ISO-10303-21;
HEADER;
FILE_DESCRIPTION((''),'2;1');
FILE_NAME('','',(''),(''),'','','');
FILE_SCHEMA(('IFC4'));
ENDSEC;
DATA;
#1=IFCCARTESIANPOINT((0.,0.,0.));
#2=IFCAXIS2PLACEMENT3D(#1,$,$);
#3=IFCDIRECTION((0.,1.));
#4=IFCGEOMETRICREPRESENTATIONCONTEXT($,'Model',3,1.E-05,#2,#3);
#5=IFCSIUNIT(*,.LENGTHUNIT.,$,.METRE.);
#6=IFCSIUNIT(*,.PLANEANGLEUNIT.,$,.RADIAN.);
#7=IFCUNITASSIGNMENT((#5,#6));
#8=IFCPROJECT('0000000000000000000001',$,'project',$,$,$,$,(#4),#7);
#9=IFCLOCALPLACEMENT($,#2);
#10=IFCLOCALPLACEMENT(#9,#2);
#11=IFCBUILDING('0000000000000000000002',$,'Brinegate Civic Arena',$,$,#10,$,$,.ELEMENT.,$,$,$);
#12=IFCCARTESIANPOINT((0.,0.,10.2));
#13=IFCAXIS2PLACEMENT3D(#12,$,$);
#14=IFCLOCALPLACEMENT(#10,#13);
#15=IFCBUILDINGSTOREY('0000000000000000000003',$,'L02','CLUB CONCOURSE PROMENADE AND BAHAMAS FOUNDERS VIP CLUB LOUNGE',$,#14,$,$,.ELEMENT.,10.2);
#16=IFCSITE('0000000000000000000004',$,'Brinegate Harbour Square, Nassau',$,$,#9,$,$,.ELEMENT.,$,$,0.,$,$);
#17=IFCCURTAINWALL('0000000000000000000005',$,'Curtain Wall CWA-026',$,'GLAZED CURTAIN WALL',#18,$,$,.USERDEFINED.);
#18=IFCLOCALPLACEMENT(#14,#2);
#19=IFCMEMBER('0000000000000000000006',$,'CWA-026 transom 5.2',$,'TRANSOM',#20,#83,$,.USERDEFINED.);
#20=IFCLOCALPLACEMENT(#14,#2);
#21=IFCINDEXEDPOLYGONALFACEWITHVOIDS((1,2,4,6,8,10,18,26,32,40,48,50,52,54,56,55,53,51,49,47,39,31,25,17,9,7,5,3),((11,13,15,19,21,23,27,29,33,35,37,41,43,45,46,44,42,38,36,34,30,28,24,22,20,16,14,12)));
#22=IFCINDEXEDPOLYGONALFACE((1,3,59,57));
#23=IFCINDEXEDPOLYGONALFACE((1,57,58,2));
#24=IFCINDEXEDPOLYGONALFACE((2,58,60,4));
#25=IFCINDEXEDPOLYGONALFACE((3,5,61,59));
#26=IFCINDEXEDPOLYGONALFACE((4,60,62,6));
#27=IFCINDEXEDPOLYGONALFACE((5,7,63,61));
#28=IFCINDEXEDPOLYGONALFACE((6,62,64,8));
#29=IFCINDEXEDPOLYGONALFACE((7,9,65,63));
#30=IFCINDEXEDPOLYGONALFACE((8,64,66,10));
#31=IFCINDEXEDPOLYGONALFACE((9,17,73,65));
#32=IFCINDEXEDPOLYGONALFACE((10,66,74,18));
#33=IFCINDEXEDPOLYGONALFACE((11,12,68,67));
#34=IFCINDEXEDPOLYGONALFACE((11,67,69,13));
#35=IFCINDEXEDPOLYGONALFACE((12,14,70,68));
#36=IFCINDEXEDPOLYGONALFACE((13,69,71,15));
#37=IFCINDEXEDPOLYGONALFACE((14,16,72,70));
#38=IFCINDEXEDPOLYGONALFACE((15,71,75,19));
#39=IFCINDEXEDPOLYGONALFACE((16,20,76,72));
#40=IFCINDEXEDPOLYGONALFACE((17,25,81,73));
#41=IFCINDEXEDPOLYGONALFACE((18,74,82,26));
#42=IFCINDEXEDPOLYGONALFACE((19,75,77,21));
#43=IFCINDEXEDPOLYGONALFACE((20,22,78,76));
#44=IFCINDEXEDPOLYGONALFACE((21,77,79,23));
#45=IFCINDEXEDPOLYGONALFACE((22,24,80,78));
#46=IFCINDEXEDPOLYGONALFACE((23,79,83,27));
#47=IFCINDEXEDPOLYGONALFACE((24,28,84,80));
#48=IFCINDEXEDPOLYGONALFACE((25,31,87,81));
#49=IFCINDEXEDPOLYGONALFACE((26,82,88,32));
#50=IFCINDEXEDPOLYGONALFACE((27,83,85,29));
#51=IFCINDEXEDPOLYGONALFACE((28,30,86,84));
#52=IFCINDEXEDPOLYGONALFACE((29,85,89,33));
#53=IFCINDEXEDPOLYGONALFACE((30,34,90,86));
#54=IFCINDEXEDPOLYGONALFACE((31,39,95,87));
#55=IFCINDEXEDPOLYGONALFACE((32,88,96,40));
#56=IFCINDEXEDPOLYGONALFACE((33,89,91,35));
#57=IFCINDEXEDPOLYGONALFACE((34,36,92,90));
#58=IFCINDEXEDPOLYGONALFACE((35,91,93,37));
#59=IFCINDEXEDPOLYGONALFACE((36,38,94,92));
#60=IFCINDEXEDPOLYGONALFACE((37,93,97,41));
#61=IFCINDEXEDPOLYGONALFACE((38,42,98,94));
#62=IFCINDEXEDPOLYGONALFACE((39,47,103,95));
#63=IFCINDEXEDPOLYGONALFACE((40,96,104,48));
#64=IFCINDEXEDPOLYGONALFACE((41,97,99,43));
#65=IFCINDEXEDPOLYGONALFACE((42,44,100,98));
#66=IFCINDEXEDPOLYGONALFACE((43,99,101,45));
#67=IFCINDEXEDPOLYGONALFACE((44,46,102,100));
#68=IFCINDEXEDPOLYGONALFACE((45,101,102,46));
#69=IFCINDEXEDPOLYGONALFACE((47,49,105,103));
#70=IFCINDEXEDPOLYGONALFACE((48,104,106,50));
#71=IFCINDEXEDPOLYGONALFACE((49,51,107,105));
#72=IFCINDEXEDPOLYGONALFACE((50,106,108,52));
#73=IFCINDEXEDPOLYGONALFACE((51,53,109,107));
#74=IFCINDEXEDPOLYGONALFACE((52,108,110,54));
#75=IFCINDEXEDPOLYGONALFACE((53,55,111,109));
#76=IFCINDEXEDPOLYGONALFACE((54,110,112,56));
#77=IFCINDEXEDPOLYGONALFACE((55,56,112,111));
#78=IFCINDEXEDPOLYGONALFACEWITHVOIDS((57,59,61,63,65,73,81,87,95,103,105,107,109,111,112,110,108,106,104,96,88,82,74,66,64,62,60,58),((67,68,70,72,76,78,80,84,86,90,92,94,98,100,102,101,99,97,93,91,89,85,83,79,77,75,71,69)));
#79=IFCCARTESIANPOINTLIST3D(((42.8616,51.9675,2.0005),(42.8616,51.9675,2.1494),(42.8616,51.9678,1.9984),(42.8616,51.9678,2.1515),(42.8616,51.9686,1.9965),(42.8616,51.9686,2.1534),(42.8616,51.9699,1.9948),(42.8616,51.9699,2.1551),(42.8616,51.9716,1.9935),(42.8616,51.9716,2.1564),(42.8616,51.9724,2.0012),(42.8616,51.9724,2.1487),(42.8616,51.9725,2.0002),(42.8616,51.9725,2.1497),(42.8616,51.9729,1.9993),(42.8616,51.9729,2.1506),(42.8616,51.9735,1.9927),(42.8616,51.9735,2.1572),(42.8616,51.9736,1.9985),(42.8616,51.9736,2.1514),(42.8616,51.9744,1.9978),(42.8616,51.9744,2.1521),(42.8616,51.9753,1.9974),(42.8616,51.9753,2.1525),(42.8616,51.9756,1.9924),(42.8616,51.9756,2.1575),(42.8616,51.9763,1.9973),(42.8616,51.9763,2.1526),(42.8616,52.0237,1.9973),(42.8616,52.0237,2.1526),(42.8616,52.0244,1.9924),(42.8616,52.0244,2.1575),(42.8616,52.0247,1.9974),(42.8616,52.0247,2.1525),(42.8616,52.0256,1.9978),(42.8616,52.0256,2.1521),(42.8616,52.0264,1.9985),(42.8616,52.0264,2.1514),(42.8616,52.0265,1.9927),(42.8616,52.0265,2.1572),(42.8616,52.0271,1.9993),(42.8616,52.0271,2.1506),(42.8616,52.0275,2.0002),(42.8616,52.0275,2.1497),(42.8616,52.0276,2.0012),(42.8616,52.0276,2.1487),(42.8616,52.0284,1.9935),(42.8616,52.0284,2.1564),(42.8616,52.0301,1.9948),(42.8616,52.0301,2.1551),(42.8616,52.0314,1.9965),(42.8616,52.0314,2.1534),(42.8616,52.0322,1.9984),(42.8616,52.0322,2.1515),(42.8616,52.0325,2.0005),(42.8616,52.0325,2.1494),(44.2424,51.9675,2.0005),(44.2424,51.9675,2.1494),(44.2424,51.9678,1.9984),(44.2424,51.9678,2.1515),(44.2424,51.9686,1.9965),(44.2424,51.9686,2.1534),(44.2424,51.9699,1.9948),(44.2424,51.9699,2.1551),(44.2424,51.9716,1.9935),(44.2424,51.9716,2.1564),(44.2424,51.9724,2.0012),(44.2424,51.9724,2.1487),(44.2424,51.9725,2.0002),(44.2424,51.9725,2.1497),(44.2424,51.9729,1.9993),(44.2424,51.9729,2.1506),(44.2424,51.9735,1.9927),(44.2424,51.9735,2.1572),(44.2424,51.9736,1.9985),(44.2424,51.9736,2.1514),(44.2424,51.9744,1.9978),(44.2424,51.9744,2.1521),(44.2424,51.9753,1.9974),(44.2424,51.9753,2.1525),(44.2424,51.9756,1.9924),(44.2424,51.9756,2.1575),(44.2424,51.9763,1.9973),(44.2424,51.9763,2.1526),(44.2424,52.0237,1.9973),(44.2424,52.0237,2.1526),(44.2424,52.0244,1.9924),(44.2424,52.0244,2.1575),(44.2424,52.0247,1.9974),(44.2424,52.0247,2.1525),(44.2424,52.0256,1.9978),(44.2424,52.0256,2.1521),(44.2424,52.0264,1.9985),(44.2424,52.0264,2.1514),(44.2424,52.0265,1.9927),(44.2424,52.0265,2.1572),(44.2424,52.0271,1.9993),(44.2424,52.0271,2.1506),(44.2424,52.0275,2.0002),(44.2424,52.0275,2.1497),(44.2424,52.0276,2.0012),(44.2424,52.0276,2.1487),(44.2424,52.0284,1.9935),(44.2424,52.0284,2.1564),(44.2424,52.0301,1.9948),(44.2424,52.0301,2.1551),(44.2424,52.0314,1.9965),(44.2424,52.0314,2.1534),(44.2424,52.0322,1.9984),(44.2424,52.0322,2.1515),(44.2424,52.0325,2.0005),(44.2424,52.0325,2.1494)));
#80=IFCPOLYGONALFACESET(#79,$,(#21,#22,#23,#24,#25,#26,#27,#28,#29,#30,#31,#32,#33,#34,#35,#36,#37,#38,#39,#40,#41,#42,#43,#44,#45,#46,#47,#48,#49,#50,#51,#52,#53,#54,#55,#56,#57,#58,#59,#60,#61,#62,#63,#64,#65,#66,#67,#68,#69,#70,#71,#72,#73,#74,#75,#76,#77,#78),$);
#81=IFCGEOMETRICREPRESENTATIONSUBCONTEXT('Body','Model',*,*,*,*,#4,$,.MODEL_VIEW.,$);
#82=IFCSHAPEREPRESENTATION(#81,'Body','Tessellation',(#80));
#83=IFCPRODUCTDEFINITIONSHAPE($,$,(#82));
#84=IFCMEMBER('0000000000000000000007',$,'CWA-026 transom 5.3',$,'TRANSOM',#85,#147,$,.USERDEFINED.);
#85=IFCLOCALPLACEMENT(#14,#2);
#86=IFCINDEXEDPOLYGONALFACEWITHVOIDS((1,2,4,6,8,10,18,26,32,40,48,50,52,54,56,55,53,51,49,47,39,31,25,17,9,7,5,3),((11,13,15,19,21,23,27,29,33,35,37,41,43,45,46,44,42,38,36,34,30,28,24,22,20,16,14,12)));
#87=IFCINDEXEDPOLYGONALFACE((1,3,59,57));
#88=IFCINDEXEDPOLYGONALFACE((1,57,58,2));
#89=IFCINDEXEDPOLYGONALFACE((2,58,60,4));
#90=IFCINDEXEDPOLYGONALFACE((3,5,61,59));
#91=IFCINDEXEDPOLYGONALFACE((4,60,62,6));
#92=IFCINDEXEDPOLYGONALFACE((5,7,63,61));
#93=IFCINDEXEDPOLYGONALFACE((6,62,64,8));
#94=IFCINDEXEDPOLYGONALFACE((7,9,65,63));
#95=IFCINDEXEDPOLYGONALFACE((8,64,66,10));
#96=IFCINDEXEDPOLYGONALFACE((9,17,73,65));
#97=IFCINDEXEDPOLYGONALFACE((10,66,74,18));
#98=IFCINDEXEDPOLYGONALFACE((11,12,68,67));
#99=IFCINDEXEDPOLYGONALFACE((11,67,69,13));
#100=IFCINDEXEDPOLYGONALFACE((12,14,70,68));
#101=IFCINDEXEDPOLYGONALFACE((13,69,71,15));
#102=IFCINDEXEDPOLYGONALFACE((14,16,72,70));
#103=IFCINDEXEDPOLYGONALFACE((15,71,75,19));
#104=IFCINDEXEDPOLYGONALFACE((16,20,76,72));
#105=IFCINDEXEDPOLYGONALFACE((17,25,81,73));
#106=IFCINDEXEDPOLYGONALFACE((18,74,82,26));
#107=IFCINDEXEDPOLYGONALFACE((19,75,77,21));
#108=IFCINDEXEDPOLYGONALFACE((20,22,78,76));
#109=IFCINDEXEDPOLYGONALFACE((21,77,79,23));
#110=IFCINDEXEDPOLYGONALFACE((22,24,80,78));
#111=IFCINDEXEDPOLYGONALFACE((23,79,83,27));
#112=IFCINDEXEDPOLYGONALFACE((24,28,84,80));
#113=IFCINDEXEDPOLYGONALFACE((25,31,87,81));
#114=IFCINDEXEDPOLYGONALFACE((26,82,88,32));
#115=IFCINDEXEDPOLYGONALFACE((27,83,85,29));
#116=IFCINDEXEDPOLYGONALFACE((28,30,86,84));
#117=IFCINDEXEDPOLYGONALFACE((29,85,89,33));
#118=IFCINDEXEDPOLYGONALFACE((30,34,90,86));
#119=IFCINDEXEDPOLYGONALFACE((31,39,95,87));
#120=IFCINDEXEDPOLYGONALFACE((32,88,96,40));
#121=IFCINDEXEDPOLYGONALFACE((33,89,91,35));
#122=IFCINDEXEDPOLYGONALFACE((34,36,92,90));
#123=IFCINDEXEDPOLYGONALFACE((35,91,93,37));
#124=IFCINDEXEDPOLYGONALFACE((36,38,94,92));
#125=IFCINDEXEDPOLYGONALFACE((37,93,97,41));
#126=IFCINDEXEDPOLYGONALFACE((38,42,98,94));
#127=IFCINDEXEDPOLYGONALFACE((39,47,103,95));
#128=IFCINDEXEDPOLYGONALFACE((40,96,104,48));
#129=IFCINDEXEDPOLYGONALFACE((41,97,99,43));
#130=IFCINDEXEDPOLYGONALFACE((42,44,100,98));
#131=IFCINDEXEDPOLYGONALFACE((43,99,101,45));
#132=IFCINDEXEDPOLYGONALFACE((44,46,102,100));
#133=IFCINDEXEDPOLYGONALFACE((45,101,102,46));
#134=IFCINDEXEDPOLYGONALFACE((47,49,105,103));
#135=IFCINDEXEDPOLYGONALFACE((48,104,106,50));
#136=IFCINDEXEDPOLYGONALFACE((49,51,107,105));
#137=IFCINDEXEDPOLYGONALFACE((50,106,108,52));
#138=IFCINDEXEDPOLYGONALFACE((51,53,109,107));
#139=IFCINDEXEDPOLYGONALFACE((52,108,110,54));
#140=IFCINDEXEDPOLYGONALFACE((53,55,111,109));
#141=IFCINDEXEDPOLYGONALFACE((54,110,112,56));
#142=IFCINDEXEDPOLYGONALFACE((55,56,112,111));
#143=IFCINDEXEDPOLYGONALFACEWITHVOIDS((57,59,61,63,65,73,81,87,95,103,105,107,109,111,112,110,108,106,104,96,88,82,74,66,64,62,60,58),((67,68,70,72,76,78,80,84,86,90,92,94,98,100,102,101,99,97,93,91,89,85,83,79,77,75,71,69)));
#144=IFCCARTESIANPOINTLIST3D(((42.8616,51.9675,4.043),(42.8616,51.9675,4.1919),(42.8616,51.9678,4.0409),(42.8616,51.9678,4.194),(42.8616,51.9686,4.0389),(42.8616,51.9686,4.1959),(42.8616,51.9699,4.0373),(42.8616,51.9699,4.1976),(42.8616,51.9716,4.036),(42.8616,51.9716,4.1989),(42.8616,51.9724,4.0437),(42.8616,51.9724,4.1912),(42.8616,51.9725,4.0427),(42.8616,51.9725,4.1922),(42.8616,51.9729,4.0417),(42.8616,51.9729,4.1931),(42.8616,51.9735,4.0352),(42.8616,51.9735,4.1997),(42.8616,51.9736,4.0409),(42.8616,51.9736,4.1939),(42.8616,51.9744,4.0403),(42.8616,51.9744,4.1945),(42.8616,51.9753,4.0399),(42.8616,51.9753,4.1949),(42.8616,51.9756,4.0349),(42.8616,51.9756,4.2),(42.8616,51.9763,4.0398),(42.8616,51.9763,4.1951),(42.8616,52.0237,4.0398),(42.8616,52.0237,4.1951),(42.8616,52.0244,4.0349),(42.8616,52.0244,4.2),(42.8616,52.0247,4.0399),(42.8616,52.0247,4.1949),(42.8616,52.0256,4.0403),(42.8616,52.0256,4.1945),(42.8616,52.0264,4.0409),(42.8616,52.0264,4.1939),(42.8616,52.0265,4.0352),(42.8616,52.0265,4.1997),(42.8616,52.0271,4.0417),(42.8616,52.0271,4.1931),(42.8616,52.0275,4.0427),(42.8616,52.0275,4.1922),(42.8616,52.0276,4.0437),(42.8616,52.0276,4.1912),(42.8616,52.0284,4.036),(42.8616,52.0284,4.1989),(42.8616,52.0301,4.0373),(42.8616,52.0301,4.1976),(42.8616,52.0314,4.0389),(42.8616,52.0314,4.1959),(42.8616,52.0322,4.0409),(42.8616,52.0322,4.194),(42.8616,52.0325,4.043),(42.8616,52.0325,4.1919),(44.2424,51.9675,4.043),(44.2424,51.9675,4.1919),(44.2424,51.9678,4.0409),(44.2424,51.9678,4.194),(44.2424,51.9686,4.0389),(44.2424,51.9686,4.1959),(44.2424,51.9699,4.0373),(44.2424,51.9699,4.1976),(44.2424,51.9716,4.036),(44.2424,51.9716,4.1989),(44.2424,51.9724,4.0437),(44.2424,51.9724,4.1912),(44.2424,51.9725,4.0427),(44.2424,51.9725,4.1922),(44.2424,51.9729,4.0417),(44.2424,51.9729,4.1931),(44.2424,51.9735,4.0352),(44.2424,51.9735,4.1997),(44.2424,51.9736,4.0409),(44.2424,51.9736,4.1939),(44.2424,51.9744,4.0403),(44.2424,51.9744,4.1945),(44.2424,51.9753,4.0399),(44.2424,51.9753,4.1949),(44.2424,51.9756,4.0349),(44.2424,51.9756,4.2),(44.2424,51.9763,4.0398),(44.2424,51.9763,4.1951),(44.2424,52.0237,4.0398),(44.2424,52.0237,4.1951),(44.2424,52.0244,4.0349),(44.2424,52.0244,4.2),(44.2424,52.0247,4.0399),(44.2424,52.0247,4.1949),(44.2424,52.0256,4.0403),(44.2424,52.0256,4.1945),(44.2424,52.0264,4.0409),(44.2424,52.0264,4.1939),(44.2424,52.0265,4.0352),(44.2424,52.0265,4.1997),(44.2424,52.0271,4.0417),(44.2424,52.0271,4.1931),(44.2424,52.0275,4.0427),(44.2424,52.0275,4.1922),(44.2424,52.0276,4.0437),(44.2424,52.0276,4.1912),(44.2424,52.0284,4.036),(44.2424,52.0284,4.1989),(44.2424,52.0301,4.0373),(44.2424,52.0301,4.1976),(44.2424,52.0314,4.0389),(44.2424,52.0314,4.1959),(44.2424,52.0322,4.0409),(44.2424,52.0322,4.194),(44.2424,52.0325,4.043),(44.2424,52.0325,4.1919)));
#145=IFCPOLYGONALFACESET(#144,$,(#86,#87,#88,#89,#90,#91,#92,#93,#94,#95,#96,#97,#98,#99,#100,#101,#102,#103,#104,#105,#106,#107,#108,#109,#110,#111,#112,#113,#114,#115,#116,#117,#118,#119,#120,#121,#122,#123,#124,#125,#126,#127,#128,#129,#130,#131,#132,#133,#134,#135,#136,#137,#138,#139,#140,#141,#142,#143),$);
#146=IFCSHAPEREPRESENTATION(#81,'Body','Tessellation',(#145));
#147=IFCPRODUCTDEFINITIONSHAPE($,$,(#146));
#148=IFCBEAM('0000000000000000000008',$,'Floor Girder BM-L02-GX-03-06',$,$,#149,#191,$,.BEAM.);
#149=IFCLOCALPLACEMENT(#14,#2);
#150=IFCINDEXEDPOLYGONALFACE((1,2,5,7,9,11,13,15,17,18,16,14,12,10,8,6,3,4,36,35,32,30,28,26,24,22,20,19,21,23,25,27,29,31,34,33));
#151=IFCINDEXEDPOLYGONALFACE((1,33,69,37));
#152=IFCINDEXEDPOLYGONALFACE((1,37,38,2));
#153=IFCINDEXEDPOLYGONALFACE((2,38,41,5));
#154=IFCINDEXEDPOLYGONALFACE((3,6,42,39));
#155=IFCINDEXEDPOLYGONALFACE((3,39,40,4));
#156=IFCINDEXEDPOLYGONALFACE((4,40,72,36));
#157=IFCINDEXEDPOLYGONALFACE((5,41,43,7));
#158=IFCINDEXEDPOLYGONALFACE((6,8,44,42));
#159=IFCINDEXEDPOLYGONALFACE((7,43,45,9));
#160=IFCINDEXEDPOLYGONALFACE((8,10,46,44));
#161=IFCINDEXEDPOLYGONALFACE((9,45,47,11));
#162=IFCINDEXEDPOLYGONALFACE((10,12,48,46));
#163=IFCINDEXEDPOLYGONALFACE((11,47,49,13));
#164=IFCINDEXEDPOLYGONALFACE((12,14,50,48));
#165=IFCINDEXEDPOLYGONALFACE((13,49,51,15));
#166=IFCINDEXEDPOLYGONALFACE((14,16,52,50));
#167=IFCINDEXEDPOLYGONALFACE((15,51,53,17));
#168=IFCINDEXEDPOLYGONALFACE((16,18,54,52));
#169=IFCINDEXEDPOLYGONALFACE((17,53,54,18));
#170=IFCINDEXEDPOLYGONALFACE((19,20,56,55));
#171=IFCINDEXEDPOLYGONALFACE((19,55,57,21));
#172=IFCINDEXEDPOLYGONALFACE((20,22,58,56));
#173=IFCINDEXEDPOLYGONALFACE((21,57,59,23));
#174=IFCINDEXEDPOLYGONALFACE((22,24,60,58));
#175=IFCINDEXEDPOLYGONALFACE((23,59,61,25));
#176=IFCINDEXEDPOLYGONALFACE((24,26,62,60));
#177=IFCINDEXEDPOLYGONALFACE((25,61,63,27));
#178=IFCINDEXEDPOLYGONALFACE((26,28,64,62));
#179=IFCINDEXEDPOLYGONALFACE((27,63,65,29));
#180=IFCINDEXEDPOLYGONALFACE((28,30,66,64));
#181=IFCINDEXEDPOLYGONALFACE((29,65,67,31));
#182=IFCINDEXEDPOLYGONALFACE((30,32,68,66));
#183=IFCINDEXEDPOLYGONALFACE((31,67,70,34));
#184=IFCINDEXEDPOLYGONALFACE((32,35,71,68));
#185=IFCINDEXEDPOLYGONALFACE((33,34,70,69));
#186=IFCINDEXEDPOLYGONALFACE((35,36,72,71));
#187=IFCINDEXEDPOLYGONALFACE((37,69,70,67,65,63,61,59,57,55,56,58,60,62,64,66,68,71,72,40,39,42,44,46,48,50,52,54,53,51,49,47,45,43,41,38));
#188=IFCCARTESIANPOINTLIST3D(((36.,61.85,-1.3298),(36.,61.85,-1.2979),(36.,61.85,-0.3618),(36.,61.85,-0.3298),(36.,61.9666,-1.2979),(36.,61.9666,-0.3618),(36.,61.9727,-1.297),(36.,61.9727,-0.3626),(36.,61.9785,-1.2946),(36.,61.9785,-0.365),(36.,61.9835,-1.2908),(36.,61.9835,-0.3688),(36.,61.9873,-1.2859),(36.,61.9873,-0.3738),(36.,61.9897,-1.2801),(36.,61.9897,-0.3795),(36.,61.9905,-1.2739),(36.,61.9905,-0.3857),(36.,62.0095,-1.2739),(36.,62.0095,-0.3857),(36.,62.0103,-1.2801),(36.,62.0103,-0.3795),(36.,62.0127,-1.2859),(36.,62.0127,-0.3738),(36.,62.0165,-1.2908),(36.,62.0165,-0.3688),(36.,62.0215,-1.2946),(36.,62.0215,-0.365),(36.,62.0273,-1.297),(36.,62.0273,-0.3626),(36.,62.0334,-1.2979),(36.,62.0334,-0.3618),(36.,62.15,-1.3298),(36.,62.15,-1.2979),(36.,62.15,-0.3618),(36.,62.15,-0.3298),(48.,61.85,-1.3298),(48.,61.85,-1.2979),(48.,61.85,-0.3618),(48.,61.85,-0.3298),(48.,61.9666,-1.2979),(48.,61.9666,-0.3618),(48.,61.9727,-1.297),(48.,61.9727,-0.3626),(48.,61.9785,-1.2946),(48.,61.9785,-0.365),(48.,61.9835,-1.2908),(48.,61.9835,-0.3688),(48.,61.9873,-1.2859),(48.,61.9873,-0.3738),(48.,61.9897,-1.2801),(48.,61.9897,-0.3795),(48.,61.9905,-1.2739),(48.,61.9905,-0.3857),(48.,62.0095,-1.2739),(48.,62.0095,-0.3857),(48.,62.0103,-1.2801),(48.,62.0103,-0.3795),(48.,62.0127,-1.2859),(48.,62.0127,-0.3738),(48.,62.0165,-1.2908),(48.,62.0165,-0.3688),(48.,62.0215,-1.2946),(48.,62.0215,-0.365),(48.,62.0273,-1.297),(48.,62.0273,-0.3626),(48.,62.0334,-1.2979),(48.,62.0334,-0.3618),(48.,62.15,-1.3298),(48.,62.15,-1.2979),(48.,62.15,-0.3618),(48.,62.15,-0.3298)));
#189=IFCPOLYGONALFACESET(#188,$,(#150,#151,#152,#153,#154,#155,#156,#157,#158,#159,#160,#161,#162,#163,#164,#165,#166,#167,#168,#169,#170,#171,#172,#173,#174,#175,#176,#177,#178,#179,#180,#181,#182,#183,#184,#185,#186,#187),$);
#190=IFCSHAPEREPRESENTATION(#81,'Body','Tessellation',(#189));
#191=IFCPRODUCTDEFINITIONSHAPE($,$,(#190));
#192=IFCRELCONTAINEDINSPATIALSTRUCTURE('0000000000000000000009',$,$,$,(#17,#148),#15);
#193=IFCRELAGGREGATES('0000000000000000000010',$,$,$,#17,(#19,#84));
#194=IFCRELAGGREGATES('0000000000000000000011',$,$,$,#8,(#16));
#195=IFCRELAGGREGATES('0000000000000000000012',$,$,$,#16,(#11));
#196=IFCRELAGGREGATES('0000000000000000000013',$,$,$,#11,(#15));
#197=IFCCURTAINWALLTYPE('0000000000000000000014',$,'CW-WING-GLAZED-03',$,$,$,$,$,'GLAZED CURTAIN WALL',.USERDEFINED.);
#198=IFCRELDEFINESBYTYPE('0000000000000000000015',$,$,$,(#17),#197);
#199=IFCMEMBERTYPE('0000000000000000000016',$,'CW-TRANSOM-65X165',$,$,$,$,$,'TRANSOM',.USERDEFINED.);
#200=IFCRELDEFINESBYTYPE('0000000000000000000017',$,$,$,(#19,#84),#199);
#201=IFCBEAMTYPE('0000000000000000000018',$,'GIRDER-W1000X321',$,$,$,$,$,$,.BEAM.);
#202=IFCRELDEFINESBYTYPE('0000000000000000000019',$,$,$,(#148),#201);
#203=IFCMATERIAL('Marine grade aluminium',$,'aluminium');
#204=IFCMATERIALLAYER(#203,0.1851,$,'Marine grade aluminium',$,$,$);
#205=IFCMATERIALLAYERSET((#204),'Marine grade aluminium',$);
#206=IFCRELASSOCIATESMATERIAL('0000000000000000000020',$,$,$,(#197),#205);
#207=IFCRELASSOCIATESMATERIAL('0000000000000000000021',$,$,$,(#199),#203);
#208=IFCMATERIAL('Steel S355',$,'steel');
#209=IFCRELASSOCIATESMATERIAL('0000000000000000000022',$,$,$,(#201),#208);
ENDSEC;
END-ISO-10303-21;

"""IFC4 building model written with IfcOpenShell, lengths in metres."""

from ifc_helpers import new_model, si_unit, direction, frame, origin, origin_2d, place, context, subcontext, project, spatial, hollow_rectangle, i_section, extrude, material, layer, layer_set, material_profile, profile_set, type_object, element, aggregate, save


model = new_model("IFC4")

# Units and contexts
model_context = context("Model", 3, precision=1e-05, world=origin(), true_north=direction((0.0, 1.0)))
body_context = subcontext(model_context, "Body", "Model", "MODEL_VIEW")
ifc_project = project(units=[si_unit("LENGTHUNIT", "METRE"), si_unit("PLANEANGLEUNIT", "RADIAN")], contexts=[model_context])

# Site, building, storey
site_placement = place(None, origin())
site = spatial("IfcSite", under=ifc_project, at=site_placement, Name="Brinegate Harbour Square, Nassau", CompositionType="ELEMENT", RefElevation=0.0)
building_placement = place(site_placement, origin())
building = spatial("IfcBuilding", under=site, at=building_placement, Name="Brinegate Civic Arena", CompositionType="ELEMENT")
storey_placement = place(building_placement, frame((0.0, 0.0, 10.2)))
storey = spatial("IfcBuildingStorey", under=building, at=storey_placement, Name="L02", Description="CLUB CONCOURSE PROMENADE AND BAHAMAS FOUNDERS VIP CLUB LOUNGE", CompositionType="ELEMENT", Elevation=10.2)

# Curtain wall
ifc_material_1 = material(Name="Marine grade aluminium", Category="aluminium")
ifc_layer_1 = layer(ifc_material_1, 0.1851, Name="Marine grade aluminium")
ifc_layer_set_1 = layer_set([ifc_layer_1], Name="Marine grade aluminium")
curtain_wall_type_1 = type_object("IfcCurtainWallType", Name="CW-WING-GLAZED-03", ElementType="GLAZED CURTAIN WALL", PredefinedType="USERDEFINED", material=ifc_layer_set_1)
curtain_wall_1_placement = place(storey_placement, origin())
curtain_wall_1 = element("IfcCurtainWall", 1, at=curtain_wall_1_placement, inside=storey, type_object=curtain_wall_type_1, Name="Curtain Wall CWA-026", ObjectType="GLAZED CURTAIN WALL", PredefinedType="USERDEFINED")

# Members
ifc_material_profile_1 = material_profile(ifc_material_1, hollow_rectangle(XDim=0.0649, YDim=0.165, WallThickness=0.0049, InnerFilletRadius=0.0039, OuterFilletRadius=0.0081, at=origin_2d()), Name="TRN65X165")
ifc_profile_set_1 = profile_set([ifc_material_profile_1], Name="Marine grade aluminium")
member_type_1 = type_object("IfcMemberType", Name="CW-TRANSOM-65X165", ElementType="TRANSOM", PredefinedType="USERDEFINED", material=ifc_profile_set_1)
member_1_placement = place(storey_placement, frame((42.8616, 52.0, 2.075), z_axis=(1.0, 0.0, 0.0), x_axis=(0.0, 1.0, 0.0)))
member_1 = element("IfcMember", 2, at=member_1_placement, type_object=member_type_1, Name="CWA-026 transom 5.2", ObjectType="TRANSOM", PredefinedType="USERDEFINED", context=body_context, shape_type="SweptSolid", body=[
    extrude(hollow_rectangle(XDim=0.0649, YDim=0.165, WallThickness=0.0049, InnerFilletRadius=0.0039, OuterFilletRadius=0.0081, at=origin_2d()), origin(), (0.0, 0.0, 1.0), 1.3809),
])
member_2_placement = place(storey_placement, frame((42.8616, 52.0, 4.1174), z_axis=(1.0, 0.0, 0.0), x_axis=(0.0, 1.0, 0.0)))
member_2 = element("IfcMember", 3, at=member_2_placement, type_object=member_type_1, Name="CWA-026 transom 5.3", ObjectType="TRANSOM", PredefinedType="USERDEFINED", context=body_context, shape_type="SweptSolid", body=[
    extrude(hollow_rectangle(XDim=0.0649, YDim=0.165, WallThickness=0.0049, InnerFilletRadius=0.0039, OuterFilletRadius=0.0081, at=origin_2d()), origin(), (0.0, 0.0, 1.0), 1.3809),
])

# Beam
ifc_material_2 = material(Name="Steel S355", Category="steel")
ifc_material_profile_2 = material_profile(ifc_material_2, i_section(OverallWidth=0.3, OverallDepth=1.0, WebThickness=0.019, FlangeThickness=0.032, FilletRadius=0.0239, at=origin_2d()), Name="W1000X321")
ifc_profile_set_2 = profile_set([ifc_material_profile_2], Name="Steel S355")
beam_type_1 = type_object("IfcBeamType", Name="GIRDER-W1000X321", PredefinedType="BEAM", material=ifc_profile_set_2)
beam_1_placement = place(storey_placement, frame((36.0, 62.0, -0.8298), z_axis=(1.0, 0.0, 0.0), x_axis=(0.0, 1.0, 0.0)))
element("IfcBeam", 4, at=beam_1_placement, inside=storey, type_object=beam_type_1, Name="Floor Girder BM-L02-GX-03-06", PredefinedType="BEAM", context=body_context, shape_type="SweptSolid", body=[
    extrude(i_section(OverallWidth=0.3, OverallDepth=1.0, WebThickness=0.019, FlangeThickness=0.032, FilletRadius=0.0239, at=origin_2d()), origin(), (0.0, 0.0, 1.0), 12.0),
])

aggregate(curtain_wall_1, [member_1, member_2])

save(model, "model.ifc")
